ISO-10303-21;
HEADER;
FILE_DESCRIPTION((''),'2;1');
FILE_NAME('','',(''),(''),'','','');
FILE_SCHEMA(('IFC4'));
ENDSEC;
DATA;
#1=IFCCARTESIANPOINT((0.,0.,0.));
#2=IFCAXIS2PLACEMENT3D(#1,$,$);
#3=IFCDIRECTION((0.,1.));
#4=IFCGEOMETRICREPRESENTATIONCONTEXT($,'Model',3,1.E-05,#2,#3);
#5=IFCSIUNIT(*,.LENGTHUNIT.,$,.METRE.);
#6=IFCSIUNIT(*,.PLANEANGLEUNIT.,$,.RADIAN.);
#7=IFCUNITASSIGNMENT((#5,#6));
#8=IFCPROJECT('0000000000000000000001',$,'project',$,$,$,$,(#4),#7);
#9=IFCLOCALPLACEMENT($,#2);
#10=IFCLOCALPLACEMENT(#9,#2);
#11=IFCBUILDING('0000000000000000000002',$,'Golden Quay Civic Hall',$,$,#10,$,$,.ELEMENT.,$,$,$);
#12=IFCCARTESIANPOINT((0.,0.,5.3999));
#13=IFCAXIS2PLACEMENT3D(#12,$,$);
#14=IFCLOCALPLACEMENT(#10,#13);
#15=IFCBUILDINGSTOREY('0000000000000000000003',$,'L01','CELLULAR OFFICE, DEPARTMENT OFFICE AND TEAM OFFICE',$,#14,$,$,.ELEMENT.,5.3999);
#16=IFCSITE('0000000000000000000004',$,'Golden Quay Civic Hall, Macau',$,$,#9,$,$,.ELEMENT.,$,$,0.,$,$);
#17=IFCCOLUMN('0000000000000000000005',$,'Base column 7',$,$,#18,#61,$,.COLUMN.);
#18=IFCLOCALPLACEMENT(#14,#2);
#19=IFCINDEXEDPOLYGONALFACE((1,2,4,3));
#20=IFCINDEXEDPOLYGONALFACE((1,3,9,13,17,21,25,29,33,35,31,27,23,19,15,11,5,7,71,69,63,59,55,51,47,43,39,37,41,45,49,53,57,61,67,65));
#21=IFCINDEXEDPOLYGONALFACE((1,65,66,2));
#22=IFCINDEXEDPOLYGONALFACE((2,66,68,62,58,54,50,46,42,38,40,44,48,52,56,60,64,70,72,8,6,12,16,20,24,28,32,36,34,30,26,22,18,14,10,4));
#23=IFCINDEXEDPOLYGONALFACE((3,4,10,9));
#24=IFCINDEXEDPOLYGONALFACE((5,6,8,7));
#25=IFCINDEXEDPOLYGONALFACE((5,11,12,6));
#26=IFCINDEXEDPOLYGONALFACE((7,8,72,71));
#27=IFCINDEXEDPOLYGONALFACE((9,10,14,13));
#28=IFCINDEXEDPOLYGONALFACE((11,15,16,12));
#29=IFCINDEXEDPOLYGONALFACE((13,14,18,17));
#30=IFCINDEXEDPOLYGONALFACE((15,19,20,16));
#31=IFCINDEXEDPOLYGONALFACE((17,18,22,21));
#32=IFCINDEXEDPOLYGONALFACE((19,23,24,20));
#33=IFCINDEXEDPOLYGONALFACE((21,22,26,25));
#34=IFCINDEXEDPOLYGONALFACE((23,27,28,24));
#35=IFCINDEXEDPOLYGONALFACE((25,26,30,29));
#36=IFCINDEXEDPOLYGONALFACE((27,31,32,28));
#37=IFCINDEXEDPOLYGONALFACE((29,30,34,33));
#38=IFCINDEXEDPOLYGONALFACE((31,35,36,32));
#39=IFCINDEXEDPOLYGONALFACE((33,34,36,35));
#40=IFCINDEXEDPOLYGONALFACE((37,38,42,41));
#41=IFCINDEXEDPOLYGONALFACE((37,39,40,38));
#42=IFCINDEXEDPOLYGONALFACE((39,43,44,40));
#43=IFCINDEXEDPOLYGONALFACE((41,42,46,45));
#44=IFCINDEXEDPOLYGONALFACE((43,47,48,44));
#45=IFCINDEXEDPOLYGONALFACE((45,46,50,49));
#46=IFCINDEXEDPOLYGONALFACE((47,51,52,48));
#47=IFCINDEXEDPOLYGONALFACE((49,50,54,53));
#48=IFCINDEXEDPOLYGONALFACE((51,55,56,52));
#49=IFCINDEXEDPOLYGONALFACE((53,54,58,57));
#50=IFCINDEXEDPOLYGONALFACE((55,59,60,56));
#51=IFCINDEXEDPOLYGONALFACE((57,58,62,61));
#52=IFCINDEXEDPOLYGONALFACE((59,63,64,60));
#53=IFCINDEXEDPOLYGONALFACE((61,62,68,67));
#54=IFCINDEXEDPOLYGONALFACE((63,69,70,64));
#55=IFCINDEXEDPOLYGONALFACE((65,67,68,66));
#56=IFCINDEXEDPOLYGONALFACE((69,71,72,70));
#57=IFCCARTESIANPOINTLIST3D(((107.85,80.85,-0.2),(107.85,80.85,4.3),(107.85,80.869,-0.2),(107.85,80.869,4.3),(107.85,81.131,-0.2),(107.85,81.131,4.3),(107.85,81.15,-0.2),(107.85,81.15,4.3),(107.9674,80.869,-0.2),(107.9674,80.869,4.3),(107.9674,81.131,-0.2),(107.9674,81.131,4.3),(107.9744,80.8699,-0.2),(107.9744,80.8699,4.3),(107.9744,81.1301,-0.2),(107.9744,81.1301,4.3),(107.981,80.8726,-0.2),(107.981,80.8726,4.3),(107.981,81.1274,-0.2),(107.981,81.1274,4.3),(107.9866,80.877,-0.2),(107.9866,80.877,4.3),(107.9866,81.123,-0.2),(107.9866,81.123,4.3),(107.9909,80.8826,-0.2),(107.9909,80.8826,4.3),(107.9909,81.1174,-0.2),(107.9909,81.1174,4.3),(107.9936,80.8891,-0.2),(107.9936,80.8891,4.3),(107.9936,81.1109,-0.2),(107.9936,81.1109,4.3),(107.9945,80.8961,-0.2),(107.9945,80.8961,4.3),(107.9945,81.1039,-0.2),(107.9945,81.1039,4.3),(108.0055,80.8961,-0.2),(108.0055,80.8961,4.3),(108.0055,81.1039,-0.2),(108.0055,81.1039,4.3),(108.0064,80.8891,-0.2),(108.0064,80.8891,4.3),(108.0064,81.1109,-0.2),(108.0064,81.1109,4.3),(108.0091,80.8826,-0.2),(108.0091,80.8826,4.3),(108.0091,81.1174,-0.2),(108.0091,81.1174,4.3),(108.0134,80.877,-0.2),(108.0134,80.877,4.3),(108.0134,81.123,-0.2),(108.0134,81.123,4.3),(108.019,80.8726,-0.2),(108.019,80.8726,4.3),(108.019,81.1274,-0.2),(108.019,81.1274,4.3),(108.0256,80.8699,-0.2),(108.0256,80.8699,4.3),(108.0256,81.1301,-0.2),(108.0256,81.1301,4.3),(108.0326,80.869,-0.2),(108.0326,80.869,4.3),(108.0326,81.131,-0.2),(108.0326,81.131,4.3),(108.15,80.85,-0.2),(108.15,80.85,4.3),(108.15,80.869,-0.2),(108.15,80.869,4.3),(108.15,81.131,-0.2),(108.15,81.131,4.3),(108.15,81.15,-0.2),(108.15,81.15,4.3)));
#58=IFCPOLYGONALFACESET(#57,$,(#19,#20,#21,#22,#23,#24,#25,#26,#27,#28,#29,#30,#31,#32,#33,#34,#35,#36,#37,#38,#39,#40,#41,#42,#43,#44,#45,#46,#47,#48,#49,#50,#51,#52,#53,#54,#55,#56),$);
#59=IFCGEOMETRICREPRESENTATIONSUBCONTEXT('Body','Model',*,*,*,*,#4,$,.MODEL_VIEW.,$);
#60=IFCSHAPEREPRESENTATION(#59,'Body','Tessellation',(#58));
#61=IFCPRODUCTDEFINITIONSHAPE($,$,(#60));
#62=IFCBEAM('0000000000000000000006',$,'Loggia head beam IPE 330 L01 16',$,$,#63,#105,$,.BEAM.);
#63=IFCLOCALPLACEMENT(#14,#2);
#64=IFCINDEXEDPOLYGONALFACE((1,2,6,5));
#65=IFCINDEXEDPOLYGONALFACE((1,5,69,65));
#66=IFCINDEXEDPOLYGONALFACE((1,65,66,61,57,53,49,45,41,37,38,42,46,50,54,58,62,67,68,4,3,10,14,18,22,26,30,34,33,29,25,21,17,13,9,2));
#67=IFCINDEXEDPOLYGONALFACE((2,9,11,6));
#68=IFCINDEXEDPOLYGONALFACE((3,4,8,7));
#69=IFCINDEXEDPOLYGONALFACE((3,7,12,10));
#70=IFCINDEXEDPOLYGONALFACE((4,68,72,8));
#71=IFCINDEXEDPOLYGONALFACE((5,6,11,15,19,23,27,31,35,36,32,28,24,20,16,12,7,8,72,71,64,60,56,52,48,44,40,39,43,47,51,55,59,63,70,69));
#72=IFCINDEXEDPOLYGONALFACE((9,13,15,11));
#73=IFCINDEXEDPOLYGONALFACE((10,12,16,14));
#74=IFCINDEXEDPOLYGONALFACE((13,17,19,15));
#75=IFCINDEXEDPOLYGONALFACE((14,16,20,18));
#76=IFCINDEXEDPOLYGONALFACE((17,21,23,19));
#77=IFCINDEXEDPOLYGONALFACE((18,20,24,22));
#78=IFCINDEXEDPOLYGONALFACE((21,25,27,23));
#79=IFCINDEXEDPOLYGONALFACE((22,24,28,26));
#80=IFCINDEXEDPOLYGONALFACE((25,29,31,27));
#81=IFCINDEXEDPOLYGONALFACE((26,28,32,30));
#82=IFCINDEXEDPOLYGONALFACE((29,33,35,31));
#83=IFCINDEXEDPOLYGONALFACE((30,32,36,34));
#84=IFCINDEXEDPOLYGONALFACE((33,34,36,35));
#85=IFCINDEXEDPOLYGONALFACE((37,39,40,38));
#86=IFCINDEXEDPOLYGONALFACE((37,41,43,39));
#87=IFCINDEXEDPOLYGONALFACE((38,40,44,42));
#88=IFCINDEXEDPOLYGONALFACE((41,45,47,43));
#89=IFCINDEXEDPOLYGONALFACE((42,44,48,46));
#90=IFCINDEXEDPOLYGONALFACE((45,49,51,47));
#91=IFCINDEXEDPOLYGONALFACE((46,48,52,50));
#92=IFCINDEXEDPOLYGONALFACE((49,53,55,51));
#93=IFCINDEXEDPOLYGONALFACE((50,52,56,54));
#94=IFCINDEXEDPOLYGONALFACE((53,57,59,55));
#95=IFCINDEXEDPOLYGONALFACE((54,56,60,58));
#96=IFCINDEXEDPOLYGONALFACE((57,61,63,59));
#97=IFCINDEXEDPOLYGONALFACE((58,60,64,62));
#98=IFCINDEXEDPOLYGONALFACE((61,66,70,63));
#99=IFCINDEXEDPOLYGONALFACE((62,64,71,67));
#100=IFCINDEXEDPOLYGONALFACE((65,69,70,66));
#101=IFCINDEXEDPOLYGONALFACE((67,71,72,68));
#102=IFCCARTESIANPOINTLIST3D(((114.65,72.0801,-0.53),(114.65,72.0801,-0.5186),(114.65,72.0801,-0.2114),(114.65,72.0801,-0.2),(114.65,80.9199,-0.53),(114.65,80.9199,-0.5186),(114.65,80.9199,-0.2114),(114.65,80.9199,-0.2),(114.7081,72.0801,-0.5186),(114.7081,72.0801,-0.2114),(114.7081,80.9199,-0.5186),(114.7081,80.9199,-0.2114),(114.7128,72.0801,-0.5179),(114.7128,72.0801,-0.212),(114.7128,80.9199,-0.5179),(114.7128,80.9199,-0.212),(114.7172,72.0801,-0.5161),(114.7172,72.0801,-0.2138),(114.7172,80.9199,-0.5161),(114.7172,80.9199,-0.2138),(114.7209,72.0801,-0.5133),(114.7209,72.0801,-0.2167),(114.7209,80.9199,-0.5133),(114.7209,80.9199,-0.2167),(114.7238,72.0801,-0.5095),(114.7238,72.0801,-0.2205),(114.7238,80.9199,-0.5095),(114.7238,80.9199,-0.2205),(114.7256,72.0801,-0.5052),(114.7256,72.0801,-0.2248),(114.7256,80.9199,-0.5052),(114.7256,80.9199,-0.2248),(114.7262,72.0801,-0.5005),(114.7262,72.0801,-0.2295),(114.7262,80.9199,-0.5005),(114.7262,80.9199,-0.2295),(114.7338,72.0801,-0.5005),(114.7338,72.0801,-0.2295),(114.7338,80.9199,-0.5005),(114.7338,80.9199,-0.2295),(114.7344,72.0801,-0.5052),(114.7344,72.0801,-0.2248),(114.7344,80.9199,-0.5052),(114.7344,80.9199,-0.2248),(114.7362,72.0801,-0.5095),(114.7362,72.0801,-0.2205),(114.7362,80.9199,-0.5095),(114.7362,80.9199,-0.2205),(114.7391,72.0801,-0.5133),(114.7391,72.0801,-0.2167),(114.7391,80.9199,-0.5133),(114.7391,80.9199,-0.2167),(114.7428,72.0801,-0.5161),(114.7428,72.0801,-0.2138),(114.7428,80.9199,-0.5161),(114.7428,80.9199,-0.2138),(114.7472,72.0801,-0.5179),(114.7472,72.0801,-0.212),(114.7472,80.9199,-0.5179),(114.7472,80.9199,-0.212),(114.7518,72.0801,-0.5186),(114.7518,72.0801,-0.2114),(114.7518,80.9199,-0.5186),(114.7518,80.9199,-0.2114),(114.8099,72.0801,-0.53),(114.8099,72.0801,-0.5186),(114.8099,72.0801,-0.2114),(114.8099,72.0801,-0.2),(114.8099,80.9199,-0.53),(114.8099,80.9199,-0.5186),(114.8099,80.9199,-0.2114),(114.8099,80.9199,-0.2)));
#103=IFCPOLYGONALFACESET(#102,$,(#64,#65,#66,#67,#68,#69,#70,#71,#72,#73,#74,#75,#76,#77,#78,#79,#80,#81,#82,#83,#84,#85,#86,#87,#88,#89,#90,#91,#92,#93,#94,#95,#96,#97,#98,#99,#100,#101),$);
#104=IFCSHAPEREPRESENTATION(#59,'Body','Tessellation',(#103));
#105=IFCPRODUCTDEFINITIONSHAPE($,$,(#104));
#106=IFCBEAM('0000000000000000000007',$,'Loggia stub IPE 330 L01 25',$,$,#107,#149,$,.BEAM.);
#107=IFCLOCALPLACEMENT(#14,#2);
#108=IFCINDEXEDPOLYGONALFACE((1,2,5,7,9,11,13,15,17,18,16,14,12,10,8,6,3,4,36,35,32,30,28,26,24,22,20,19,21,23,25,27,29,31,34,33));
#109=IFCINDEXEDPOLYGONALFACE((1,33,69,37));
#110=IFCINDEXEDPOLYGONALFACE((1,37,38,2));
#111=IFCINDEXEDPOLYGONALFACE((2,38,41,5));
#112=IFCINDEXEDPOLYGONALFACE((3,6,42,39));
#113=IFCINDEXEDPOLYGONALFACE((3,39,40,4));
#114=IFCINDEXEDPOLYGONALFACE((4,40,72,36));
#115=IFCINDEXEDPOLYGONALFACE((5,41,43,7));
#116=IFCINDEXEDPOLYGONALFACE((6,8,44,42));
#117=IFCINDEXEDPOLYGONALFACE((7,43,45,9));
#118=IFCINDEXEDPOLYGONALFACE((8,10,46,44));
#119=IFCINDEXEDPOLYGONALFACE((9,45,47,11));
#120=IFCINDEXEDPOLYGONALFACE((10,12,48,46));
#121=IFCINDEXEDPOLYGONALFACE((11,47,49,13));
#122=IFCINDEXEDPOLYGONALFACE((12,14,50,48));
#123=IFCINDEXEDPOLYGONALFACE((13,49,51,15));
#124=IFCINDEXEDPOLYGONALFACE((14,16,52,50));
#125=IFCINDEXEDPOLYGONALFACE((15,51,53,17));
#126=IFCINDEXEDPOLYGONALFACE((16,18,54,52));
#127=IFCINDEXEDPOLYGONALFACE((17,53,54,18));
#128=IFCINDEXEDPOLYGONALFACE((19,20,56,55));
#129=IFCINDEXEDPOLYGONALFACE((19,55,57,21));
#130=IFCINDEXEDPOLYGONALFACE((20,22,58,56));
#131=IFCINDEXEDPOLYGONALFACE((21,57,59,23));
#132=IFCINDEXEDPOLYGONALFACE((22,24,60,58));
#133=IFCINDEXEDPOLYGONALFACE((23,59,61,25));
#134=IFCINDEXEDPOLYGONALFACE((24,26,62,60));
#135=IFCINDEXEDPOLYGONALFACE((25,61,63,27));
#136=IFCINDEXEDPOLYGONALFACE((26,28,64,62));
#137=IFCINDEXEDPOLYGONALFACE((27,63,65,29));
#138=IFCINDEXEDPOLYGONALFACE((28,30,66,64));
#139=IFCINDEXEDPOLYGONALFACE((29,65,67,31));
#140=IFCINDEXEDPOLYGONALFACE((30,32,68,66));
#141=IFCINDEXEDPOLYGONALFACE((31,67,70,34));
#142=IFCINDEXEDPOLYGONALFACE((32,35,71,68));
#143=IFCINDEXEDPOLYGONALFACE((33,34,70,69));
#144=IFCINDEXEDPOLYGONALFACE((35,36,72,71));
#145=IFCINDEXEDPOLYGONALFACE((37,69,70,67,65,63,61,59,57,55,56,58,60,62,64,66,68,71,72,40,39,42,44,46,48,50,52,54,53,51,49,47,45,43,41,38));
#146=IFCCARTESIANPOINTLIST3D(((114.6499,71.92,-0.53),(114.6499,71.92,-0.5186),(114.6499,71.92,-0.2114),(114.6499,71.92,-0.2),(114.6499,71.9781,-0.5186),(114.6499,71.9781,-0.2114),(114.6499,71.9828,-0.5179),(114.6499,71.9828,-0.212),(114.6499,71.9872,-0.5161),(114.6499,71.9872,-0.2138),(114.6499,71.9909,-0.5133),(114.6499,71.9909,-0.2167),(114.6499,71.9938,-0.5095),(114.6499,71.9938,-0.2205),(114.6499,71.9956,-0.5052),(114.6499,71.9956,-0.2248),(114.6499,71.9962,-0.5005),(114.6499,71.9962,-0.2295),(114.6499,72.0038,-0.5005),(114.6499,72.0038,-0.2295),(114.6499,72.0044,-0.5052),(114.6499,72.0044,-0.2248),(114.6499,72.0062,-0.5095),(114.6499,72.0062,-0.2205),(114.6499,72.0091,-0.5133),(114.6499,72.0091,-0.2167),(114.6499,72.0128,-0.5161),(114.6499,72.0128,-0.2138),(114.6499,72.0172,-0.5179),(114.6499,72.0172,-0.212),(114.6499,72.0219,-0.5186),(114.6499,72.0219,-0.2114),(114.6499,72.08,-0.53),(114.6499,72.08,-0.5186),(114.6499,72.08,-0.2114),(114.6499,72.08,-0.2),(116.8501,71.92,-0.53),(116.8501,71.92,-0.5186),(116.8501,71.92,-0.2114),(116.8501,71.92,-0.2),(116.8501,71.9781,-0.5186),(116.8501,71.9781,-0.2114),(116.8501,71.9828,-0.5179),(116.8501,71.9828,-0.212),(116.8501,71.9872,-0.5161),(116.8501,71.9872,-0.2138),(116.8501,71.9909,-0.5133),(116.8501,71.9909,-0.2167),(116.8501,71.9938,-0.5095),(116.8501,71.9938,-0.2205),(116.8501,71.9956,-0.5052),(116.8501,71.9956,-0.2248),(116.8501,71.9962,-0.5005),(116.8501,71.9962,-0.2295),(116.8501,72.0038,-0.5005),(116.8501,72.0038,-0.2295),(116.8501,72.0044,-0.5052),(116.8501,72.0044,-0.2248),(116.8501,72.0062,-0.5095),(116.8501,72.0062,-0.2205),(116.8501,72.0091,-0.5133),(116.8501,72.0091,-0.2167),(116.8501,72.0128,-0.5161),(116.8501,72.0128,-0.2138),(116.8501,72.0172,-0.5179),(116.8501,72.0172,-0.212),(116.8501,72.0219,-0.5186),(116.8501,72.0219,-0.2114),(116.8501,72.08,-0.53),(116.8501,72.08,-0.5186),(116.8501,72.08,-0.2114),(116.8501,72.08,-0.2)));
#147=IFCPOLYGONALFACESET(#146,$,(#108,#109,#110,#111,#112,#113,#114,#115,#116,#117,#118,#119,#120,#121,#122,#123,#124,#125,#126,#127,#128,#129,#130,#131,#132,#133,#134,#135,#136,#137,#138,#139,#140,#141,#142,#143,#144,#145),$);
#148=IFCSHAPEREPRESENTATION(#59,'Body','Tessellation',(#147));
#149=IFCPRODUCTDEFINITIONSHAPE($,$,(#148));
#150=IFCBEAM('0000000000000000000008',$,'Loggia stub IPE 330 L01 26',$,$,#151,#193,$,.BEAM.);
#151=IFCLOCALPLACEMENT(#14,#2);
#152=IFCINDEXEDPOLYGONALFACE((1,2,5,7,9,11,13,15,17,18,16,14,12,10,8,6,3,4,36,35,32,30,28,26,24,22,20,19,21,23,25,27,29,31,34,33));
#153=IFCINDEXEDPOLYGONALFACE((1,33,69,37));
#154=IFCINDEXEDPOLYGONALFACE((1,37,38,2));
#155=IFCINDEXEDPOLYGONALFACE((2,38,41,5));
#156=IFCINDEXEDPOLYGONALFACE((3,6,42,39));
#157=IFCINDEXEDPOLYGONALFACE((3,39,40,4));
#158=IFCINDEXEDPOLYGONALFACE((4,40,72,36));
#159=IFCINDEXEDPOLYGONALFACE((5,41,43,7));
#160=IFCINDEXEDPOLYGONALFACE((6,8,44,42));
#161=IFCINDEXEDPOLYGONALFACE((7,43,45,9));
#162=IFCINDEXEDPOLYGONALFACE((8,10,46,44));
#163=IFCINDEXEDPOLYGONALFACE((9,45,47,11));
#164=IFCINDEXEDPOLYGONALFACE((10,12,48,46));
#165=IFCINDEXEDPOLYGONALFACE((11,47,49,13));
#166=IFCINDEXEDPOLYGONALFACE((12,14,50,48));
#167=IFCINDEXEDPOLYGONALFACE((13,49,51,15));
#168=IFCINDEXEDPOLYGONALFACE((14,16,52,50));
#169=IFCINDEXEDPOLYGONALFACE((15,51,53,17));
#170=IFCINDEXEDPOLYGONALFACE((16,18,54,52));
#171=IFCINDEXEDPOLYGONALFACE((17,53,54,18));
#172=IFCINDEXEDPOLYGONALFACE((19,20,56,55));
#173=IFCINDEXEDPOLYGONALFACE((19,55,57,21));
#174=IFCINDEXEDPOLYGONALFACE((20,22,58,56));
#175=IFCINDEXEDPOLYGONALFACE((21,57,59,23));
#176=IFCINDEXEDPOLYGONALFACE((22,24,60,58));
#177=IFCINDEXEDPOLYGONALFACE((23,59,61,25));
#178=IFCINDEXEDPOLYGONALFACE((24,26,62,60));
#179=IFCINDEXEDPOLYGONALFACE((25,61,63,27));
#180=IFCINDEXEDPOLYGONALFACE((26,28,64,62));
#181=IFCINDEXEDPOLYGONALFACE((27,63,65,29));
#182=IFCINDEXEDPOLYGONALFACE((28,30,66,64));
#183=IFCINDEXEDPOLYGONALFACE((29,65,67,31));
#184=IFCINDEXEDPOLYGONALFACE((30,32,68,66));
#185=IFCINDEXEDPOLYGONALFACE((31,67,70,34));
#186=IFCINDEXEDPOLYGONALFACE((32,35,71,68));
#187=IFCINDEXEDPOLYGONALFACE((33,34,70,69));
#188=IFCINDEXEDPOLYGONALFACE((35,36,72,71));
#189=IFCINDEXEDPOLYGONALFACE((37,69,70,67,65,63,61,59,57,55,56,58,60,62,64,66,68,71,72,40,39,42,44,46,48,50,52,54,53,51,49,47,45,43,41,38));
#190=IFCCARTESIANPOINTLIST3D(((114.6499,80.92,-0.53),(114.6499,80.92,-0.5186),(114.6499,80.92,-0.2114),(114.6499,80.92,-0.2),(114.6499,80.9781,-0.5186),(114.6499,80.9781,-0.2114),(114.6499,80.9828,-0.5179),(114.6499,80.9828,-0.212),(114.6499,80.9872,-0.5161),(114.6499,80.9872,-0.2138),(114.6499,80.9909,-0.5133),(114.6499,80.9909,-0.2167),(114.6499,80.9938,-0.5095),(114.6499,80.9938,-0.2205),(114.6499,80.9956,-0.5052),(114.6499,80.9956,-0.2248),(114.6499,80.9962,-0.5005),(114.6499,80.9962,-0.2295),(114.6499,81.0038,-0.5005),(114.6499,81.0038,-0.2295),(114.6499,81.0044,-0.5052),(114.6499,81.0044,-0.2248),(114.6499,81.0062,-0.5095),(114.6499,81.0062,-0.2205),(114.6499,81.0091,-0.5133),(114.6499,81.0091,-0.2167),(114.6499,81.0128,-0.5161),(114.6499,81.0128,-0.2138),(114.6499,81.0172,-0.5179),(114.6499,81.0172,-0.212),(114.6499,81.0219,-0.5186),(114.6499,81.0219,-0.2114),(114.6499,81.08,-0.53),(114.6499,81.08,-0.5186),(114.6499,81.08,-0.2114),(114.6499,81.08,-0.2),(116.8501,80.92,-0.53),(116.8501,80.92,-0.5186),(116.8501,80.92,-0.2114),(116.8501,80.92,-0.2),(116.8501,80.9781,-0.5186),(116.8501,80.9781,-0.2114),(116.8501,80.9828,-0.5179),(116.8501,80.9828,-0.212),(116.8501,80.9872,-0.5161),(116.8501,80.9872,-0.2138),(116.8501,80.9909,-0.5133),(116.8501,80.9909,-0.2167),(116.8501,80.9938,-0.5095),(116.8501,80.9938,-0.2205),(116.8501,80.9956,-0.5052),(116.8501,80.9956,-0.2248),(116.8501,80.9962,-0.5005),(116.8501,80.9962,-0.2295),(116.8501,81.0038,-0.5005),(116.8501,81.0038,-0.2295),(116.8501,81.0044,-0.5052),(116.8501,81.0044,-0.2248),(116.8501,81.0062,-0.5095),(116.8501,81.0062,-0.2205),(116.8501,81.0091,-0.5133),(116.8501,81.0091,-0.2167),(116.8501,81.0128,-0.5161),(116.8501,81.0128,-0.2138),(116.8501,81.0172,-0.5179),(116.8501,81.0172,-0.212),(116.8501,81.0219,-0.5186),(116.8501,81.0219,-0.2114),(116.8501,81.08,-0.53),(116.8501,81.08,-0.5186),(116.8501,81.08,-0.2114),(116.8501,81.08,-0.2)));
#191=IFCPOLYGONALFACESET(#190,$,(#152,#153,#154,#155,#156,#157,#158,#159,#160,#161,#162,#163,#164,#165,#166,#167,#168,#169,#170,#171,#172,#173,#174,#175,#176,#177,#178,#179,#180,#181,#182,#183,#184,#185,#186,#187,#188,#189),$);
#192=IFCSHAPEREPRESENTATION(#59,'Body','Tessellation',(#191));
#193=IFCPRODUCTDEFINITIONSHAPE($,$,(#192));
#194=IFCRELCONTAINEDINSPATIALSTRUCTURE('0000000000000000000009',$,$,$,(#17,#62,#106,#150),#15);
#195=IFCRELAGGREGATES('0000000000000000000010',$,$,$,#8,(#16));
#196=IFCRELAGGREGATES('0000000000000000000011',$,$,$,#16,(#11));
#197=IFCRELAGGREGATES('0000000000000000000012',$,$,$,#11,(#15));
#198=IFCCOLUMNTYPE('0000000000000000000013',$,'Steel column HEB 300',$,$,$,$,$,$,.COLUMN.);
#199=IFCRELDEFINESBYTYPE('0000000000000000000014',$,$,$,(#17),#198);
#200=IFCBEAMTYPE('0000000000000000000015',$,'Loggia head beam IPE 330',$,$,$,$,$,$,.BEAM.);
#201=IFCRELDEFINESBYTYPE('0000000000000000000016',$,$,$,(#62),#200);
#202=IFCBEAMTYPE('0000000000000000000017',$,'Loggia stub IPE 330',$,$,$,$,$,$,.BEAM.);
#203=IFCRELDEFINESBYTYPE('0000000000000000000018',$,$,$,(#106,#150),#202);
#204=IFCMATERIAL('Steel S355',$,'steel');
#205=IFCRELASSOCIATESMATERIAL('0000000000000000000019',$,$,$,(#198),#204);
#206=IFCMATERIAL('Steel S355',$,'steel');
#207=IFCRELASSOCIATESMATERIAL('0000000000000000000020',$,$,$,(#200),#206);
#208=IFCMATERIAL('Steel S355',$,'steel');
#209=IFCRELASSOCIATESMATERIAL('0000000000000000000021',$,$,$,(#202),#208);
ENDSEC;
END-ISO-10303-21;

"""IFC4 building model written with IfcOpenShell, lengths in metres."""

from ifc_helpers import new_model, si_unit, direction, frame, origin, origin_2d, place, context, subcontext, project, spatial, i_section, extrude, material, material_profile, profile_set, type_object, element, save


model = new_model("IFC4")

# Units and contexts
model_context = context("Model", 3, precision=1e-05, world=origin(), true_north=direction((0.0, 1.0)))
body_context = subcontext(model_context, "Body", "Model", "MODEL_VIEW")
ifc_project = project(units=[si_unit("LENGTHUNIT", "METRE"), si_unit("PLANEANGLEUNIT", "RADIAN")], contexts=[model_context])

# Site, building, storey
site_placement = place(None, origin())
site = spatial("IfcSite", under=ifc_project, at=site_placement, Name="Golden Quay Civic Hall, Macau", CompositionType="ELEMENT", RefElevation=0.0)
building_placement = place(site_placement, origin())
building = spatial("IfcBuilding", under=site, at=building_placement, Name="Golden Quay Civic Hall", CompositionType="ELEMENT")
storey_placement = place(building_placement, frame((0.0, 0.0, 5.3999)))
storey = spatial("IfcBuildingStorey", under=building, at=storey_placement, Name="L01", Description="CELLULAR OFFICE, DEPARTMENT OFFICE AND TEAM OFFICE", CompositionType="ELEMENT", Elevation=5.3999)

# Column
ifc_material_1 = material(Name="Steel S355", Category="steel")
ifc_material_profile_1 = material_profile(ifc_material_1, i_section(OverallWidth=0.3, OverallDepth=0.3, WebThickness=0.011, FlangeThickness=0.019, FilletRadius=0.0271, at=origin_2d()), Name="HEB 300")
ifc_profile_set_1 = profile_set([ifc_material_profile_1], Name="Steel S355")
column_type = type_object("IfcColumnType", Name="Steel column HEB 300", PredefinedType="COLUMN", material=ifc_profile_set_1)
column_placement = place(storey_placement, frame((108.0, 81.0, -0.2), z_axis=(0.0, 0.0, 1.0), x_axis=(1.0, 0.0, 0.0)))
element("IfcColumn", 1, at=column_placement, inside=storey, type_object=column_type, Name="Base column 7", PredefinedType="COLUMN", context=body_context, shape_type="SweptSolid", body=[
    extrude(i_section(OverallWidth=0.3, OverallDepth=0.3, WebThickness=0.011, FlangeThickness=0.019, FilletRadius=0.0271, at=origin_2d()), origin(), (0.0, 0.0, 1.0), 4.5),
])

# Beams
ifc_material_2 = material(Name="Steel S355", Category="steel")
ifc_material_profile_2 = material_profile(ifc_material_2, i_section(OverallWidth=0.1599, OverallDepth=0.3301, WebThickness=0.0076, FlangeThickness=0.0115, FilletRadius=0.0181, at=origin_2d()), Name="IPE 330")
ifc_profile_set_2 = profile_set([ifc_material_profile_2], Name="Steel S355")
beam_type_1 = type_object("IfcBeamType", Name="Loggia head beam IPE 330", PredefinedType="BEAM", material=ifc_profile_set_2)
beam_1_placement = place(storey_placement, frame((114.73, 72.0801, -0.365), z_axis=(0.0, 1.0, 0.0), x_axis=(-1.0, 0.0, 0.0)))
element("IfcBeam", 2, at=beam_1_placement, inside=storey, type_object=beam_type_1, Name="Loggia head beam IPE 330 L01 16", PredefinedType="BEAM", context=body_context, shape_type="SweptSolid", body=[
    extrude(i_section(OverallWidth=0.1599, OverallDepth=0.3301, WebThickness=0.0076, FlangeThickness=0.0115, FilletRadius=0.0181, at=origin_2d()), origin(), (0.0, 0.0, 1.0), 8.8398),
])
ifc_material_3 = material(Name="Steel S355", Category="steel")
ifc_material_profile_3 = material_profile(ifc_material_3, i_section(OverallWidth=0.1599, OverallDepth=0.3301, WebThickness=0.0076, FlangeThickness=0.0115, FilletRadius=0.0181, at=origin_2d()), Name="IPE 330")
ifc_profile_set_3 = profile_set([ifc_material_profile_3], Name="Steel S355")
beam_type_2 = type_object("IfcBeamType", Name="Loggia stub IPE 330", PredefinedType="BEAM", material=ifc_profile_set_3)
for number, where, z_axis, x_axis, name in (
    (3, (116.8501, 72.0, -0.365), (-1.0, 0.0, 0.0), (0.0, -1.0, 0.0), "Loggia stub IPE 330 L01 25"),
    (4, (116.8501, 81.0, -0.365), (-1.0, 0.0, 0.0), (0.0, -1.0, 0.0), "Loggia stub IPE 330 L01 26"),
):
    element("IfcBeam", number, at=place(storey_placement, frame(where, z_axis=z_axis, x_axis=x_axis)), inside=storey, type_object=beam_type_2, Name=name, PredefinedType="BEAM", context=body_context, shape_type="SweptSolid", body=[
        extrude(i_section(OverallWidth=0.1599, OverallDepth=0.3301, WebThickness=0.0076, FlangeThickness=0.0115, FilletRadius=0.0181, at=origin_2d()), origin(), (0.0, 0.0, 1.0), 2.2002),
    ])

save(model, "model.ifc")
